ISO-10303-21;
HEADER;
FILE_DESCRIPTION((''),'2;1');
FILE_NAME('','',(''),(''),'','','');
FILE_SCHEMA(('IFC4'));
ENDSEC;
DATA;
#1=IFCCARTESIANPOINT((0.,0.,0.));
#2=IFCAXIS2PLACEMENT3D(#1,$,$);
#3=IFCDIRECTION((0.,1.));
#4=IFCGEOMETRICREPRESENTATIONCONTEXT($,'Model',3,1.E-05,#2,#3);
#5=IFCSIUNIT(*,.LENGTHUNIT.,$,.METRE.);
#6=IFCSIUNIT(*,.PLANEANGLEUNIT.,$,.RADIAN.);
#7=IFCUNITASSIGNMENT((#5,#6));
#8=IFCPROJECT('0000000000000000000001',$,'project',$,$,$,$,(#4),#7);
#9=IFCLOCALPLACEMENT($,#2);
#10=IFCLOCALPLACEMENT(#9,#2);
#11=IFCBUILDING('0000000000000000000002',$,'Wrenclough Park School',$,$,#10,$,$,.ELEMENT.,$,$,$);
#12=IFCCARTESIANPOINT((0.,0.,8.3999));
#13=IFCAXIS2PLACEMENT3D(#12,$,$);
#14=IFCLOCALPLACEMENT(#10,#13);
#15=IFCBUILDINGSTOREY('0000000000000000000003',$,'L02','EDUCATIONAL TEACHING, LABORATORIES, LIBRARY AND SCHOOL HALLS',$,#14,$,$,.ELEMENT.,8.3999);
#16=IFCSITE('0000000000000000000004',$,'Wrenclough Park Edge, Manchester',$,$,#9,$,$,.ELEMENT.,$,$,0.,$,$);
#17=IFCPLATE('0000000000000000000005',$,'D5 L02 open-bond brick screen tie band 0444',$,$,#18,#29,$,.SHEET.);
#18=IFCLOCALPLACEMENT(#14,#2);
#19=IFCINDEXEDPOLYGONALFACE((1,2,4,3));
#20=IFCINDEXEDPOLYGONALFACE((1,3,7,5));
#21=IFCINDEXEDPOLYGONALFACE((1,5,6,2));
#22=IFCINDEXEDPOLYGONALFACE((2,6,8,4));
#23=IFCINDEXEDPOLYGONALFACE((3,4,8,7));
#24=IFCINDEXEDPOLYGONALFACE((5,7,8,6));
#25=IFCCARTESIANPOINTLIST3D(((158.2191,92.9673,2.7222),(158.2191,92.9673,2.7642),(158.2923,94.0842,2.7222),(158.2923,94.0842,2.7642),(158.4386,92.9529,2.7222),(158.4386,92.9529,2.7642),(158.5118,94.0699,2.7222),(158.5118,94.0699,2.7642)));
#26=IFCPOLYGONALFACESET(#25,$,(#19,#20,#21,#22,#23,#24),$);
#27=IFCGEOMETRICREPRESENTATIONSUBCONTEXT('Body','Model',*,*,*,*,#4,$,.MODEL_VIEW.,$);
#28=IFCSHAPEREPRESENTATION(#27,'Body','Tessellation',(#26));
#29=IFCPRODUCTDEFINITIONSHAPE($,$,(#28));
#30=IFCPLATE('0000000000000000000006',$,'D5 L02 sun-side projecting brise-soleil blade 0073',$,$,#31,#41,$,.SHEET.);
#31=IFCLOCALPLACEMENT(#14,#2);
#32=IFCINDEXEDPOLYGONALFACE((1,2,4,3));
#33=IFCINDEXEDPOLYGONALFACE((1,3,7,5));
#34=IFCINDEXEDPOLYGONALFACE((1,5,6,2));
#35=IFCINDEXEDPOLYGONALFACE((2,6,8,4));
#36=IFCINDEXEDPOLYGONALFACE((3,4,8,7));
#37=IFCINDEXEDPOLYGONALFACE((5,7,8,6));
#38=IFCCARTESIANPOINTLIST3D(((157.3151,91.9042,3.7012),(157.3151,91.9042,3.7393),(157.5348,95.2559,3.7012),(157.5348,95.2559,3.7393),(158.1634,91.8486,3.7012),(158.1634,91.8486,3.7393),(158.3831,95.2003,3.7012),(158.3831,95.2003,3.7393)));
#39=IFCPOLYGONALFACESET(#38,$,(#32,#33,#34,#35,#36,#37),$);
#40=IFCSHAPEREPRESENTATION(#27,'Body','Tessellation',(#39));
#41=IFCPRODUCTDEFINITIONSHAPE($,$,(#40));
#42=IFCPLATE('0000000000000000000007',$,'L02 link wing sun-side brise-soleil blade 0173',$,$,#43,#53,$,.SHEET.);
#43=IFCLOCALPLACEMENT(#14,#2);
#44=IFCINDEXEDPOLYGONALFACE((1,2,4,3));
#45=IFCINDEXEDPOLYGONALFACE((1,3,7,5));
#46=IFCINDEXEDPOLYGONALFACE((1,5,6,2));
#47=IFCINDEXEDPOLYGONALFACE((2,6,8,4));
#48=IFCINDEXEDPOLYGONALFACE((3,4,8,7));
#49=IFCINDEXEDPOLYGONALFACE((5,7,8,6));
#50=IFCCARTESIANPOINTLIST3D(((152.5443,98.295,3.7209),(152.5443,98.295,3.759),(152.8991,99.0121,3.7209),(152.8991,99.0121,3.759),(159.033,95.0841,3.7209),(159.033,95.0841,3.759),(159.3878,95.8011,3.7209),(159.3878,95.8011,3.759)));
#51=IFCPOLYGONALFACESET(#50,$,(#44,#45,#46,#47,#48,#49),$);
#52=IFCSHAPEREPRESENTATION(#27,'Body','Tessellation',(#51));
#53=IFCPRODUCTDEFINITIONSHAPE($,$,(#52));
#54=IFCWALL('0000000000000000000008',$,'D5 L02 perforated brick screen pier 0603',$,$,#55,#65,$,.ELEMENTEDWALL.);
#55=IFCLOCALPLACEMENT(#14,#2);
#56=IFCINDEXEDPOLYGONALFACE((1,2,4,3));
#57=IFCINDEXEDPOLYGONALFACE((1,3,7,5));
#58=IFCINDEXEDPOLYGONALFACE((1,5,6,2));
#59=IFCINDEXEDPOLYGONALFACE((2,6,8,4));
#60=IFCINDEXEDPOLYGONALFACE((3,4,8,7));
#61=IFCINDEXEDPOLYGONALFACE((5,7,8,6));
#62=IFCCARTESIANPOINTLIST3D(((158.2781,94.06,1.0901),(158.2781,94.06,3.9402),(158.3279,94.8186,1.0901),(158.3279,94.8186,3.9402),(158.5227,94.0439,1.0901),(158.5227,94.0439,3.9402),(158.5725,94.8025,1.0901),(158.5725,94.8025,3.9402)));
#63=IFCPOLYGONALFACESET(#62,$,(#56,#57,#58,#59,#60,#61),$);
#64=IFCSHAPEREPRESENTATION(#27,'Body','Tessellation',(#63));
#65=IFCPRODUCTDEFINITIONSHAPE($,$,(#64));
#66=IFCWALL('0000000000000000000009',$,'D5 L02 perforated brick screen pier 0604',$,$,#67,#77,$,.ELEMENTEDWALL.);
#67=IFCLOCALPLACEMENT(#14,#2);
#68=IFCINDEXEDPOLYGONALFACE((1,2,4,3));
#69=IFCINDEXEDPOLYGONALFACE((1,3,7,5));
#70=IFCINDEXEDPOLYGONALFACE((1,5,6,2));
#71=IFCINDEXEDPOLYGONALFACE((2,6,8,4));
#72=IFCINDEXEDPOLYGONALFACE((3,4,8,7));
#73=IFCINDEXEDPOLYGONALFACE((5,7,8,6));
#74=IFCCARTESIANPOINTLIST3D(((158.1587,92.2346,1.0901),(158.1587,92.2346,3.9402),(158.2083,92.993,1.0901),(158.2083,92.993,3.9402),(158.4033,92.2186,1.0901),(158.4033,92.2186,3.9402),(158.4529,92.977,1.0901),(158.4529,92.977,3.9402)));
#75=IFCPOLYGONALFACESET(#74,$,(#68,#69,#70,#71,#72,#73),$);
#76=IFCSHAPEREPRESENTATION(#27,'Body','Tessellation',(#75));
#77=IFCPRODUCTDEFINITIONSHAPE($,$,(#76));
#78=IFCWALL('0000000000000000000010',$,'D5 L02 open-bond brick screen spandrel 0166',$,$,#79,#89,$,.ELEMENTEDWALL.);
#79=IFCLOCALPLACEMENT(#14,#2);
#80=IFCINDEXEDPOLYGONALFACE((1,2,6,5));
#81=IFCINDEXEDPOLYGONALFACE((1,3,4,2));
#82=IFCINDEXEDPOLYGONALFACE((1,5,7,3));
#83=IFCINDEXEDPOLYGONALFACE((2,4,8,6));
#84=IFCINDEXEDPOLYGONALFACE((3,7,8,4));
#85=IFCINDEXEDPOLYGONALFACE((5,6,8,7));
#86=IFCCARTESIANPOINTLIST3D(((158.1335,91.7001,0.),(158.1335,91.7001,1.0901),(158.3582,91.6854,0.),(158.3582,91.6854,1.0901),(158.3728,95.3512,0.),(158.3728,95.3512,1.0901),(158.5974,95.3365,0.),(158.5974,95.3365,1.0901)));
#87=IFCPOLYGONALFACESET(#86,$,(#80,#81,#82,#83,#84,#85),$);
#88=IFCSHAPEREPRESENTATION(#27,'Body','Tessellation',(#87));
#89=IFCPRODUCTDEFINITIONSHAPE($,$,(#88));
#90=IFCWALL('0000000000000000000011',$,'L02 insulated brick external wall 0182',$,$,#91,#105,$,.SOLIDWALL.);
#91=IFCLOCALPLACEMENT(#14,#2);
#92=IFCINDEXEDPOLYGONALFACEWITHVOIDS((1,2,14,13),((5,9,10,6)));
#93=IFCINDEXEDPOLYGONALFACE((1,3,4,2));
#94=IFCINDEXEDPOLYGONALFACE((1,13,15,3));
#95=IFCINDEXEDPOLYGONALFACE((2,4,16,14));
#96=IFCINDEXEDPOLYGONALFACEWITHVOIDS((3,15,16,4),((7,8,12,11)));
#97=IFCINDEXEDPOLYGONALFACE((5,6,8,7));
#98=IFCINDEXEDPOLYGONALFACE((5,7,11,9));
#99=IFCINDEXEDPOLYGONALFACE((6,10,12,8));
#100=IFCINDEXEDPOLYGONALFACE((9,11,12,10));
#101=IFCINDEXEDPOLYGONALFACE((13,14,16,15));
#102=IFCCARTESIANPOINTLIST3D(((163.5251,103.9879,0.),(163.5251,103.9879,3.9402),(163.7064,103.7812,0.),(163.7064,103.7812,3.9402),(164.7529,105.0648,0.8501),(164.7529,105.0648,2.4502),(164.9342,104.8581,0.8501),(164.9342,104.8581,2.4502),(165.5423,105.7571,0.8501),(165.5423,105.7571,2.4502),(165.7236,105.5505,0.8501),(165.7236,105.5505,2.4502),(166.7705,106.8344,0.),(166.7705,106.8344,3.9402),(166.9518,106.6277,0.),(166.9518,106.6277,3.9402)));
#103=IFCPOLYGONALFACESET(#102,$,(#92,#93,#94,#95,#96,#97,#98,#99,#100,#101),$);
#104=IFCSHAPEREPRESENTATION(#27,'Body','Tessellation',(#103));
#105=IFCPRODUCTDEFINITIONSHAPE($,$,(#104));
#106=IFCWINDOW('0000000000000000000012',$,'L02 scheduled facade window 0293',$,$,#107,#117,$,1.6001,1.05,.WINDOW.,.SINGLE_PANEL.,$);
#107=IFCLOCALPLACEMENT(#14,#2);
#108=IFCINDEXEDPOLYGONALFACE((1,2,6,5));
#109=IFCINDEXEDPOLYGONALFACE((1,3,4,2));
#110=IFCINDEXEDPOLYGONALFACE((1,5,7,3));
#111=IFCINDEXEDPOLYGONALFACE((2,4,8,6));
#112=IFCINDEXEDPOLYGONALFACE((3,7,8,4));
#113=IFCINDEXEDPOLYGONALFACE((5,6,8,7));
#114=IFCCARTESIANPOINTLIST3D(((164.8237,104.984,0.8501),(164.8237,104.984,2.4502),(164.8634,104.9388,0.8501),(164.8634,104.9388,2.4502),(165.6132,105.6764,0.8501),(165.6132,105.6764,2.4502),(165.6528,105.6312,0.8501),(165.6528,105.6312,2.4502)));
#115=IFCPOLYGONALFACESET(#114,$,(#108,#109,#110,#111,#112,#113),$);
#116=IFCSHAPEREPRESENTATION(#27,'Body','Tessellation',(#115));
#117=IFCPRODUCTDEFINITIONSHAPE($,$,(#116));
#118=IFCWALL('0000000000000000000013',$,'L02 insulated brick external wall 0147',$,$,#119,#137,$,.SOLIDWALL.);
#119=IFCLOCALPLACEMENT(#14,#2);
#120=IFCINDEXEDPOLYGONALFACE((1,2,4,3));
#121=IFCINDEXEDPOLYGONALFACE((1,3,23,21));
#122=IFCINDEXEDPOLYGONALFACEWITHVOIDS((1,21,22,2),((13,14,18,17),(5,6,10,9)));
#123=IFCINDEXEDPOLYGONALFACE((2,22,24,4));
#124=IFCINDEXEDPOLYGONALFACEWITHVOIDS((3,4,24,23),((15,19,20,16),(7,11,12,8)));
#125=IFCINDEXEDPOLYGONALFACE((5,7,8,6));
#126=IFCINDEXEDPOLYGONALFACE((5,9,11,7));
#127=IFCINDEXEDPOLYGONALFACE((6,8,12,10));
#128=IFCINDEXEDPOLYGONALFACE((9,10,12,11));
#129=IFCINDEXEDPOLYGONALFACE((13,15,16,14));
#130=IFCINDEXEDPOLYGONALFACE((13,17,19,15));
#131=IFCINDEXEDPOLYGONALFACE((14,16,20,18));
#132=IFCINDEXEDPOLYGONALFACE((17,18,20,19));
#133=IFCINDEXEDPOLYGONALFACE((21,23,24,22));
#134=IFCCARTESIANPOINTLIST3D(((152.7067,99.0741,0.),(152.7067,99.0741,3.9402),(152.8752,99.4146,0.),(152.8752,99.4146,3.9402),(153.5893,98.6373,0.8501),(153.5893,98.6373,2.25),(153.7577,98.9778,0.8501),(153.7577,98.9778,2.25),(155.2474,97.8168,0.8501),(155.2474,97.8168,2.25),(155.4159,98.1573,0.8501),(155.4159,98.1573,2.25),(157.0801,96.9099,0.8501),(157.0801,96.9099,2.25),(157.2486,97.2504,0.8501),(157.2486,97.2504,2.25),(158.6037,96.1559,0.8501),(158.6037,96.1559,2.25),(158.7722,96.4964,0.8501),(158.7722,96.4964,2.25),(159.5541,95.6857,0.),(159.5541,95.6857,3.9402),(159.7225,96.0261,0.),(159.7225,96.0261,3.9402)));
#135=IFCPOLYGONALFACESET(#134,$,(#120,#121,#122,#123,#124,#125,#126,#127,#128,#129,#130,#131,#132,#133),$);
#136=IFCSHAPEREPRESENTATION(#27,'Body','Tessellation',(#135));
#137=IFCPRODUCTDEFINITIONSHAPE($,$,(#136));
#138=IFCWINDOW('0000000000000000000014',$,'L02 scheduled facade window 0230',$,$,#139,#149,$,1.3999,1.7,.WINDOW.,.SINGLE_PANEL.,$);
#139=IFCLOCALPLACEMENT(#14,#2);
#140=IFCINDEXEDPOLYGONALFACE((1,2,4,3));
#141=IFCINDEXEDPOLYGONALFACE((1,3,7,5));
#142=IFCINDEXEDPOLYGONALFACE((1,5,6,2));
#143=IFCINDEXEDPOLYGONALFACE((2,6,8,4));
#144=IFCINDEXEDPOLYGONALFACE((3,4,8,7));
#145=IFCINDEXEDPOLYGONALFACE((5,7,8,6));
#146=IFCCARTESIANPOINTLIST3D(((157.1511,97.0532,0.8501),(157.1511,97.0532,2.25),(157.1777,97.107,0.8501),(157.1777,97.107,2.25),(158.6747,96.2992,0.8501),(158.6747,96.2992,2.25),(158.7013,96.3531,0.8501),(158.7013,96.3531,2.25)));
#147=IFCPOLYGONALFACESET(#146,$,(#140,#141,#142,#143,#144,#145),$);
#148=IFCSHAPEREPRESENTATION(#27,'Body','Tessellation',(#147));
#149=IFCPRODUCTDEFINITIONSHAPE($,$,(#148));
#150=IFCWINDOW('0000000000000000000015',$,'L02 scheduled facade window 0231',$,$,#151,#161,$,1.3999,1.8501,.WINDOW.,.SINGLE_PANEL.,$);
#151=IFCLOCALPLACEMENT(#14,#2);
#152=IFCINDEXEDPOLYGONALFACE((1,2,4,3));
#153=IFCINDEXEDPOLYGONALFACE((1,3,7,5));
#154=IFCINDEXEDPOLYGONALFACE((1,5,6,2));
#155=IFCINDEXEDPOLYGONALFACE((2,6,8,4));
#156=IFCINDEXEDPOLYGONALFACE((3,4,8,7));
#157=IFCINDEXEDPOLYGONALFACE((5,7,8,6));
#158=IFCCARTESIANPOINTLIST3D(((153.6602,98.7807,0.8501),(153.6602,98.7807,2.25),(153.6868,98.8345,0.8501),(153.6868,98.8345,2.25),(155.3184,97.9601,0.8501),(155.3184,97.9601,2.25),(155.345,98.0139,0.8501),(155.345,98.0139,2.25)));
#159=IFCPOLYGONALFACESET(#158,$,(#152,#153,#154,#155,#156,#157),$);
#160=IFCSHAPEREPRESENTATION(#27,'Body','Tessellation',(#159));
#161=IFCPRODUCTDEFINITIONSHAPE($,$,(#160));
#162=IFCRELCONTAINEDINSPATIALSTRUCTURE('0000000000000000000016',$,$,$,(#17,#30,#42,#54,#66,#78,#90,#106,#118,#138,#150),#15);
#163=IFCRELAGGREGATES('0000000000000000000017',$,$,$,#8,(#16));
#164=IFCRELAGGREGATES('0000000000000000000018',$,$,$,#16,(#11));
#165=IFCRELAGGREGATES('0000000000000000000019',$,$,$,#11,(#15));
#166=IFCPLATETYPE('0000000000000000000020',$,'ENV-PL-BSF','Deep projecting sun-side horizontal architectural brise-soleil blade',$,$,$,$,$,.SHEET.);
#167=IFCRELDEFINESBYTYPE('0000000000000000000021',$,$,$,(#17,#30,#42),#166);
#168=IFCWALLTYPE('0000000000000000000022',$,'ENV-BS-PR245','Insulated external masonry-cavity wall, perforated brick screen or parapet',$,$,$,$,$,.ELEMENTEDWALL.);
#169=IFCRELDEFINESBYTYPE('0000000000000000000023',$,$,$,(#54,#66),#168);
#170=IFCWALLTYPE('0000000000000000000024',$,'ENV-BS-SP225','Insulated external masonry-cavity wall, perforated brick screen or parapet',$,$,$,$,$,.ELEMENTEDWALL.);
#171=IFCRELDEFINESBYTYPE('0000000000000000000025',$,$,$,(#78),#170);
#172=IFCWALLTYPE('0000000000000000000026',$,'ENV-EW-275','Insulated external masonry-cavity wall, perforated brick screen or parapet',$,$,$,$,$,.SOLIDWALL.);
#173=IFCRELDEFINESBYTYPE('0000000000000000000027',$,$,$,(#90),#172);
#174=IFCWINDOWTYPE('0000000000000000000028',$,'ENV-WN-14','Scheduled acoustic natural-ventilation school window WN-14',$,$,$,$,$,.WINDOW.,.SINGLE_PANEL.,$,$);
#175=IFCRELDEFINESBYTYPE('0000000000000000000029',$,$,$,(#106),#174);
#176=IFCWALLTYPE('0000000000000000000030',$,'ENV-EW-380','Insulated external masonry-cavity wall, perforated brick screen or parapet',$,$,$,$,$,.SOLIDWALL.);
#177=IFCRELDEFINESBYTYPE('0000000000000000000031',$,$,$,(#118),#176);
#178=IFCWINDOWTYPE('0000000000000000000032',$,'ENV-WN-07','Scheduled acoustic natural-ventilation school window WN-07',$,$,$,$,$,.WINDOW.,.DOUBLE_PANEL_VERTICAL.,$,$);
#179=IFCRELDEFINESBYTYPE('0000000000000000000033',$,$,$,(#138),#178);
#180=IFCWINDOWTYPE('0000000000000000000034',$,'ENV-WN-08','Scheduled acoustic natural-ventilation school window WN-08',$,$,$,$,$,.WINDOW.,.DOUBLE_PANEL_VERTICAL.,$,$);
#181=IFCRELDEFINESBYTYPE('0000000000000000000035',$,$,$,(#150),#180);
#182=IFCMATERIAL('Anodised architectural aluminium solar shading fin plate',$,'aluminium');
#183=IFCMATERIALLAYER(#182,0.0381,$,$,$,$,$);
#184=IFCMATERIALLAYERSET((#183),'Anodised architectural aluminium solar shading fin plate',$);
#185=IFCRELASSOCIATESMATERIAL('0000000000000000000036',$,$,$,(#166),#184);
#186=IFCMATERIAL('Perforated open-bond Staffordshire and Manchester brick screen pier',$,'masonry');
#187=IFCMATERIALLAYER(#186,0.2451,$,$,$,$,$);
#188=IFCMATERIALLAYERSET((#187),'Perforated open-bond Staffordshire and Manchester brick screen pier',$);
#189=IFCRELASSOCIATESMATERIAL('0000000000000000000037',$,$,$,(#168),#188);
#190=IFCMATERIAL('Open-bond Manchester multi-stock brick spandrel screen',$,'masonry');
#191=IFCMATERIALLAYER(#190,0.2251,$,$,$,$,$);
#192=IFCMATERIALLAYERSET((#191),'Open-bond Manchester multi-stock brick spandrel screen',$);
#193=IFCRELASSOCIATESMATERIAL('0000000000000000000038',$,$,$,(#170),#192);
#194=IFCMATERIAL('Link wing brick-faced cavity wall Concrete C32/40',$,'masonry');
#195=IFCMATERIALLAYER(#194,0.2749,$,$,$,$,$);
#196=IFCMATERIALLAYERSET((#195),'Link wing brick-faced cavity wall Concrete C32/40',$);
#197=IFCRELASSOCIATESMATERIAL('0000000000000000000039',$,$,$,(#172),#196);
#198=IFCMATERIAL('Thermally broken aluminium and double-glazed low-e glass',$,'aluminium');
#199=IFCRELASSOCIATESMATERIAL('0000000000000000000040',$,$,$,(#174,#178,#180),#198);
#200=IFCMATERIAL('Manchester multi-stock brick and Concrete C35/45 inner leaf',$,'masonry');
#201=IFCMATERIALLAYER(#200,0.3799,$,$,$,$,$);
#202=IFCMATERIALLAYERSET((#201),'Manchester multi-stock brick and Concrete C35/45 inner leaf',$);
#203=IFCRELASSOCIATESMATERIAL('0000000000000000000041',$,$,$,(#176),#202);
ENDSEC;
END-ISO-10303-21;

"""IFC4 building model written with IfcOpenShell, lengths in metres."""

from ifc_helpers import new_model, si_unit, direction, frame, frame_2d, origin, origin_2d, place, context, subcontext, project, spatial, rectangle, extrude, material, layer, layer_set, type_object, element, fill, save


model = new_model("IFC4")

# Units and contexts
model_context = context("Model", 3, precision=1e-05, world=origin(), true_north=direction((0.0, 1.0)))
body_context = subcontext(model_context, "Body", "Model", "MODEL_VIEW")
ifc_project = project(units=[si_unit("LENGTHUNIT", "METRE"), si_unit("PLANEANGLEUNIT", "RADIAN")], contexts=[model_context])

# Site, building, storey
site_placement = place(None, origin())
site = spatial("IfcSite", under=ifc_project, at=site_placement, Name="Wrenclough Park Edge, Manchester", CompositionType="ELEMENT", RefElevation=0.0)
building_placement = place(site_placement, origin())
building = spatial("IfcBuilding", under=site, at=building_placement, Name="Wrenclough Park School", CompositionType="ELEMENT")
storey_placement = place(building_placement, frame((0.0, 0.0, 8.3999)))
storey = spatial("IfcBuildingStorey", under=building, at=storey_placement, Name="L02", Description="EDUCATIONAL TEACHING, LABORATORIES, LIBRARY AND SCHOOL HALLS", CompositionType="ELEMENT", Elevation=8.3999)

# Plates
ifc_material_1 = material(Name="Anodised architectural aluminium solar shading fin plate", Category="aluminium")
ifc_layer_1 = layer(ifc_material_1, 0.0381)
ifc_layer_set_1 = layer_set([ifc_layer_1], Name="Anodised architectural aluminium solar shading fin plate")
plate_type = type_object("IfcPlateType", Name="ENV-PL-BSF", Description="Deep projecting sun-side horizontal architectural brise-soleil blade", PredefinedType="SHEET", material=ifc_layer_set_1)
plate_1_placement = place(storey_placement, frame((158.3655, 93.5186, 2.7222), z_axis=(0.0, 0.0, 1.0), x_axis=(-0.0654, -0.997859, 0.0)))
element("IfcPlate", 1, at=plate_1_placement, inside=storey, type_object=plate_type, Name="D5 L02 open-bond brick screen tie band 0444", PredefinedType="SHEET", context=body_context, shape_type="SweptSolid", body=[
    extrude(rectangle(XDim=1.1194, YDim=0.22, at=origin_2d()), origin(), (0.0, 0.0, 1.0), 0.042),
])
plate_2_placement = place(storey_placement, frame((157.8491, 93.5522, 3.7012), z_axis=(0.0, 0.0, 1.0), x_axis=(-0.0654, -0.997859, 0.0)))
element("IfcPlate", 2, at=plate_2_placement, inside=storey, type_object=plate_type, Name="D5 L02 sun-side projecting brise-soleil blade 0073", PredefinedType="SHEET", context=body_context, shape_type="SweptSolid", body=[
    extrude(rectangle(XDim=3.3589, YDim=0.8501, at=origin_2d()), origin(), (0.0, 0.0, 1.0), 0.0381),
])
plate_3_placement = place(storey_placement, frame((155.9661, 97.0481, 3.7209), z_axis=(0.0, 0.0, 1.0), x_axis=(-0.896265, 0.443519, 0.0)))
element("IfcPlate", 3, at=plate_3_placement, inside=storey, type_object=plate_type, Name="L02 link wing sun-side brise-soleil blade 0173", PredefinedType="SHEET", context=body_context, shape_type="SweptSolid", body=[
    extrude(rectangle(XDim=7.2397, YDim=0.8, at=origin_2d()), origin(), (0.0, 0.0, 1.0), 0.0381),
])

# Walls
ifc_material_2 = material(Name="Perforated open-bond Staffordshire and Manchester brick screen pier", Category="masonry")
ifc_layer_2 = layer(ifc_material_2, 0.2451)
ifc_layer_set_2 = layer_set([ifc_layer_2], Name="Perforated open-bond Staffordshire and Manchester brick screen pier")
wall_type_1 = type_object("IfcWallType", Name="ENV-BS-PR245", Description="Insulated external masonry-cavity wall, perforated brick screen or parapet", PredefinedType="ELEMENTEDWALL", material=ifc_layer_set_2)
wall_1_placement = place(storey_placement, frame((158.4502, 94.8105, 1.0901), z_axis=(0.0, 0.0, 1.0), x_axis=(-0.065517, -0.997851, 0.0)))
element("IfcWall", 4, at=wall_1_placement, inside=storey, type_object=wall_type_1, Name="D5 L02 perforated brick screen pier 0603", PredefinedType="ELEMENTEDWALL", context=body_context, shape_type="SweptSolid", body=[
    extrude(rectangle(XDim=0.7603, YDim=0.2451, at=frame_2d((0.3801, 0.0))), origin(), (0.0, 0.0, 1.0), 2.8501),
])
wall_2_placement = place(storey_placement, frame((158.3306, 92.9849, 1.0901), z_axis=(0.0, 0.0, 1.0), x_axis=(-0.065218, -0.997871, 0.0)))
element("IfcWall", 5, at=wall_2_placement, inside=storey, type_object=wall_type_1, Name="D5 L02 perforated brick screen pier 0604", PredefinedType="ELEMENTEDWALL", context=body_context, shape_type="SweptSolid", body=[
    extrude(rectangle(XDim=0.76, YDim=0.2451, at=frame_2d((0.3799, 0.0))), origin(), (0.0, 0.0, 1.0), 2.8501),
])
ifc_material_3 = material(Name="Open-bond Manchester multi-stock brick spandrel screen", Category="masonry")
ifc_layer_3 = layer(ifc_material_3, 0.2251)
ifc_layer_set_3 = layer_set([ifc_layer_3], Name="Open-bond Manchester multi-stock brick spandrel screen")
wall_type_2 = type_object("IfcWallType", Name="ENV-BS-SP225", Description="Insulated external masonry-cavity wall, perforated brick screen or parapet", PredefinedType="ELEMENTEDWALL", material=ifc_layer_set_3)
wall_3_placement = place(storey_placement, frame((158.4851, 95.344, 0.0), z_axis=(0.0, 0.0, 1.0), x_axis=(-0.06539, -0.99786, 0.0)))
element("IfcWall", 6, at=wall_3_placement, inside=storey, type_object=wall_type_2, Name="D5 L02 open-bond brick screen spandrel 0166", PredefinedType="ELEMENTEDWALL", context=body_context, shape_type="SweptSolid", body=[
    extrude(rectangle(XDim=3.6589, YDim=0.2251, at=frame_2d((1.8296, 0.0))), origin(), (0.0, 0.0, 1.0), 1.0901),
])

# Wall, opening, window
ifc_material_4 = material(Name="Link wing brick-faced cavity wall Concrete C32/40", Category="masonry")
ifc_layer_4 = layer(ifc_material_4, 0.2749)
ifc_layer_set_4 = layer_set([ifc_layer_4], Name="Link wing brick-faced cavity wall Concrete C32/40")
wall_type_3 = type_object("IfcWallType", Name="ENV-EW-275", Description="Insulated external masonry-cavity wall, perforated brick screen or parapet", PredefinedType="SOLIDWALL", material=ifc_layer_set_4)
wall_4_placement = place(storey_placement, frame((163.6157, 103.8845, 0.0), z_axis=(0.0, 0.0, 1.0), x_axis=(0.751802, 0.659389, 0.0)))
wall_4 = element("IfcWall", 7, at=wall_4_placement, inside=storey, type_object=wall_type_3, Name="L02 insulated brick external wall 0182", PredefinedType="SOLIDWALL", context=body_context, shape_type="SweptSolid", body=[
    extrude(rectangle(XDim=4.3169, YDim=0.2749, at=frame_2d((2.1584, 0.0))), origin(), (0.0, 0.0, 1.0), 3.9402),
])
opening_1_placement = place(wall_4_placement, frame((1.6333, 0.0, 0.8501)))
opening_1 = element("IfcOpeningElement", 8, at=opening_1_placement, cuts=wall_4, PredefinedType="OPENING", context=body_context, shape_type="SweptSolid", body=[
    extrude(rectangle(XDim=1.05, YDim=1.6001, at=frame_2d((0.5249, 0.8))), frame((0.0, 0.1475, 0.0), z_axis=(0.0, -1.0, 0.0), x_axis=(1.0, 0.0, 0.0)), (0.0, 0.0, 1.0), 0.2949),
])
ifc_material_5 = material(Name="Thermally broken aluminium and double-glazed low-e glass", Category="aluminium")
window_type_1 = type_object("IfcWindowType", Name="ENV-WN-14", Description="Scheduled acoustic natural-ventilation school window WN-14", PartitioningType="SINGLE_PANEL", PredefinedType="WINDOW", material=ifc_material_5)
window_1_placement = place(opening_1_placement, origin())
window_1 = element("IfcWindow", 9, at=window_1_placement, inside=storey, type_object=window_type_1, Name="L02 scheduled facade window 0293", OverallHeight=1.6001, OverallWidth=1.05, PartitioningType="SINGLE_PANEL", PredefinedType="WINDOW", context=body_context, shape_type="SweptSolid", body=[
    extrude(rectangle(XDim=1.05, YDim=1.6001, at=frame_2d((0.5249, 0.8))), frame((0.0, 0.03, 0.0), z_axis=(0.0, -1.0, 0.0), x_axis=(1.0, 0.0, 0.0)), (0.0, 0.0, 1.0), 0.0601),
])
fill(opening_1, window_1)

# Wall, openings, windows
ifc_material_6 = material(Name="Manchester multi-stock brick and Concrete C35/45 inner leaf", Category="masonry")
ifc_layer_5 = layer(ifc_material_6, 0.3799)
ifc_layer_set_5 = layer_set([ifc_layer_5], Name="Manchester multi-stock brick and Concrete C35/45 inner leaf")
wall_type_4 = type_object("IfcWallType", Name="ENV-EW-380", Description="Insulated external masonry-cavity wall, perforated brick screen or parapet", PredefinedType="SOLIDWALL", material=ifc_layer_set_5)
wall_5_placement = place(storey_placement, frame((159.6382, 95.856, 0.0), z_axis=(0.0, 0.0, 1.0), x_axis=(-0.896267, 0.443516, 0.0)))
wall_5 = element("IfcWall", 10, at=wall_5_placement, inside=storey, type_object=wall_type_4, Name="L02 insulated brick external wall 0147", PredefinedType="SOLIDWALL", context=body_context, shape_type="SweptSolid", body=[
    extrude(rectangle(XDim=7.6399, YDim=0.3799, at=frame_2d((3.8198, 0.0))), origin(), (0.0, 0.0, 1.0), 3.9402),
])
opening_2_placement = place(wall_5_placement, frame((1.0601, 0.0, 0.8501)))
opening_2 = element("IfcOpeningElement", 11, at=opening_2_placement, cuts=wall_5, PredefinedType="OPENING", context=body_context, shape_type="SweptSolid", body=[
    extrude(rectangle(XDim=1.7, YDim=1.3999, at=frame_2d((0.8501, 0.7))), frame((0.0, 0.2, 0.0), z_axis=(0.0, -1.0, 0.0), x_axis=(1.0, 0.0, 0.0)), (0.0, 0.0, 1.0), 0.3999),
])
opening_3_placement = place(wall_5_placement, frame((4.8049, 0.0, 0.8501)))
opening_3 = element("IfcOpeningElement", 12, at=opening_3_placement, cuts=wall_5, PredefinedType="OPENING", context=body_context, shape_type="SweptSolid", body=[
    extrude(rectangle(XDim=1.8501, YDim=1.3999, at=frame_2d((0.925, 0.7))), frame((0.0, 0.2, 0.0), z_axis=(0.0, -1.0, 0.0), x_axis=(1.0, 0.0, 0.0)), (0.0, 0.0, 1.0), 0.3999),
])
window_type_2 = type_object("IfcWindowType", Name="ENV-WN-07", Description="Scheduled acoustic natural-ventilation school window WN-07", PartitioningType="DOUBLE_PANEL_VERTICAL", PredefinedType="WINDOW", material=ifc_material_5)
window_2_placement = place(opening_2_placement, origin())
window_2 = element("IfcWindow", 13, at=window_2_placement, inside=storey, type_object=window_type_2, Name="L02 scheduled facade window 0230", OverallHeight=1.3999, OverallWidth=1.7, PartitioningType="SINGLE_PANEL", PredefinedType="WINDOW", context=body_context, shape_type="SweptSolid", body=[
    extrude(rectangle(XDim=1.7, YDim=1.3999, at=frame_2d((0.8501, 0.7))), frame((0.0, 0.03, 0.0), z_axis=(0.0, -1.0, 0.0), x_axis=(1.0, 0.0, 0.0)), (0.0, 0.0, 1.0), 0.0601),
])
fill(opening_2, window_2)
window_type_3 = type_object("IfcWindowType", Name="ENV-WN-08", Description="Scheduled acoustic natural-ventilation school window WN-08", PartitioningType="DOUBLE_PANEL_VERTICAL", PredefinedType="WINDOW", material=ifc_material_5)
window_3_placement = place(opening_3_placement, origin())
window_3 = element("IfcWindow", 14, at=window_3_placement, inside=storey, type_object=window_type_3, Name="L02 scheduled facade window 0231", OverallHeight=1.3999, OverallWidth=1.8501, PartitioningType="SINGLE_PANEL", PredefinedType="WINDOW", context=body_context, shape_type="SweptSolid", body=[
    extrude(rectangle(XDim=1.8501, YDim=1.3999, at=frame_2d((0.925, 0.7))), frame((0.0, 0.03, 0.0), z_axis=(0.0, -1.0, 0.0), x_axis=(1.0, 0.0, 0.0)), (0.0, 0.0, 1.0), 0.0601),
])
fill(opening_3, window_3)

save(model, "model.ifc")
